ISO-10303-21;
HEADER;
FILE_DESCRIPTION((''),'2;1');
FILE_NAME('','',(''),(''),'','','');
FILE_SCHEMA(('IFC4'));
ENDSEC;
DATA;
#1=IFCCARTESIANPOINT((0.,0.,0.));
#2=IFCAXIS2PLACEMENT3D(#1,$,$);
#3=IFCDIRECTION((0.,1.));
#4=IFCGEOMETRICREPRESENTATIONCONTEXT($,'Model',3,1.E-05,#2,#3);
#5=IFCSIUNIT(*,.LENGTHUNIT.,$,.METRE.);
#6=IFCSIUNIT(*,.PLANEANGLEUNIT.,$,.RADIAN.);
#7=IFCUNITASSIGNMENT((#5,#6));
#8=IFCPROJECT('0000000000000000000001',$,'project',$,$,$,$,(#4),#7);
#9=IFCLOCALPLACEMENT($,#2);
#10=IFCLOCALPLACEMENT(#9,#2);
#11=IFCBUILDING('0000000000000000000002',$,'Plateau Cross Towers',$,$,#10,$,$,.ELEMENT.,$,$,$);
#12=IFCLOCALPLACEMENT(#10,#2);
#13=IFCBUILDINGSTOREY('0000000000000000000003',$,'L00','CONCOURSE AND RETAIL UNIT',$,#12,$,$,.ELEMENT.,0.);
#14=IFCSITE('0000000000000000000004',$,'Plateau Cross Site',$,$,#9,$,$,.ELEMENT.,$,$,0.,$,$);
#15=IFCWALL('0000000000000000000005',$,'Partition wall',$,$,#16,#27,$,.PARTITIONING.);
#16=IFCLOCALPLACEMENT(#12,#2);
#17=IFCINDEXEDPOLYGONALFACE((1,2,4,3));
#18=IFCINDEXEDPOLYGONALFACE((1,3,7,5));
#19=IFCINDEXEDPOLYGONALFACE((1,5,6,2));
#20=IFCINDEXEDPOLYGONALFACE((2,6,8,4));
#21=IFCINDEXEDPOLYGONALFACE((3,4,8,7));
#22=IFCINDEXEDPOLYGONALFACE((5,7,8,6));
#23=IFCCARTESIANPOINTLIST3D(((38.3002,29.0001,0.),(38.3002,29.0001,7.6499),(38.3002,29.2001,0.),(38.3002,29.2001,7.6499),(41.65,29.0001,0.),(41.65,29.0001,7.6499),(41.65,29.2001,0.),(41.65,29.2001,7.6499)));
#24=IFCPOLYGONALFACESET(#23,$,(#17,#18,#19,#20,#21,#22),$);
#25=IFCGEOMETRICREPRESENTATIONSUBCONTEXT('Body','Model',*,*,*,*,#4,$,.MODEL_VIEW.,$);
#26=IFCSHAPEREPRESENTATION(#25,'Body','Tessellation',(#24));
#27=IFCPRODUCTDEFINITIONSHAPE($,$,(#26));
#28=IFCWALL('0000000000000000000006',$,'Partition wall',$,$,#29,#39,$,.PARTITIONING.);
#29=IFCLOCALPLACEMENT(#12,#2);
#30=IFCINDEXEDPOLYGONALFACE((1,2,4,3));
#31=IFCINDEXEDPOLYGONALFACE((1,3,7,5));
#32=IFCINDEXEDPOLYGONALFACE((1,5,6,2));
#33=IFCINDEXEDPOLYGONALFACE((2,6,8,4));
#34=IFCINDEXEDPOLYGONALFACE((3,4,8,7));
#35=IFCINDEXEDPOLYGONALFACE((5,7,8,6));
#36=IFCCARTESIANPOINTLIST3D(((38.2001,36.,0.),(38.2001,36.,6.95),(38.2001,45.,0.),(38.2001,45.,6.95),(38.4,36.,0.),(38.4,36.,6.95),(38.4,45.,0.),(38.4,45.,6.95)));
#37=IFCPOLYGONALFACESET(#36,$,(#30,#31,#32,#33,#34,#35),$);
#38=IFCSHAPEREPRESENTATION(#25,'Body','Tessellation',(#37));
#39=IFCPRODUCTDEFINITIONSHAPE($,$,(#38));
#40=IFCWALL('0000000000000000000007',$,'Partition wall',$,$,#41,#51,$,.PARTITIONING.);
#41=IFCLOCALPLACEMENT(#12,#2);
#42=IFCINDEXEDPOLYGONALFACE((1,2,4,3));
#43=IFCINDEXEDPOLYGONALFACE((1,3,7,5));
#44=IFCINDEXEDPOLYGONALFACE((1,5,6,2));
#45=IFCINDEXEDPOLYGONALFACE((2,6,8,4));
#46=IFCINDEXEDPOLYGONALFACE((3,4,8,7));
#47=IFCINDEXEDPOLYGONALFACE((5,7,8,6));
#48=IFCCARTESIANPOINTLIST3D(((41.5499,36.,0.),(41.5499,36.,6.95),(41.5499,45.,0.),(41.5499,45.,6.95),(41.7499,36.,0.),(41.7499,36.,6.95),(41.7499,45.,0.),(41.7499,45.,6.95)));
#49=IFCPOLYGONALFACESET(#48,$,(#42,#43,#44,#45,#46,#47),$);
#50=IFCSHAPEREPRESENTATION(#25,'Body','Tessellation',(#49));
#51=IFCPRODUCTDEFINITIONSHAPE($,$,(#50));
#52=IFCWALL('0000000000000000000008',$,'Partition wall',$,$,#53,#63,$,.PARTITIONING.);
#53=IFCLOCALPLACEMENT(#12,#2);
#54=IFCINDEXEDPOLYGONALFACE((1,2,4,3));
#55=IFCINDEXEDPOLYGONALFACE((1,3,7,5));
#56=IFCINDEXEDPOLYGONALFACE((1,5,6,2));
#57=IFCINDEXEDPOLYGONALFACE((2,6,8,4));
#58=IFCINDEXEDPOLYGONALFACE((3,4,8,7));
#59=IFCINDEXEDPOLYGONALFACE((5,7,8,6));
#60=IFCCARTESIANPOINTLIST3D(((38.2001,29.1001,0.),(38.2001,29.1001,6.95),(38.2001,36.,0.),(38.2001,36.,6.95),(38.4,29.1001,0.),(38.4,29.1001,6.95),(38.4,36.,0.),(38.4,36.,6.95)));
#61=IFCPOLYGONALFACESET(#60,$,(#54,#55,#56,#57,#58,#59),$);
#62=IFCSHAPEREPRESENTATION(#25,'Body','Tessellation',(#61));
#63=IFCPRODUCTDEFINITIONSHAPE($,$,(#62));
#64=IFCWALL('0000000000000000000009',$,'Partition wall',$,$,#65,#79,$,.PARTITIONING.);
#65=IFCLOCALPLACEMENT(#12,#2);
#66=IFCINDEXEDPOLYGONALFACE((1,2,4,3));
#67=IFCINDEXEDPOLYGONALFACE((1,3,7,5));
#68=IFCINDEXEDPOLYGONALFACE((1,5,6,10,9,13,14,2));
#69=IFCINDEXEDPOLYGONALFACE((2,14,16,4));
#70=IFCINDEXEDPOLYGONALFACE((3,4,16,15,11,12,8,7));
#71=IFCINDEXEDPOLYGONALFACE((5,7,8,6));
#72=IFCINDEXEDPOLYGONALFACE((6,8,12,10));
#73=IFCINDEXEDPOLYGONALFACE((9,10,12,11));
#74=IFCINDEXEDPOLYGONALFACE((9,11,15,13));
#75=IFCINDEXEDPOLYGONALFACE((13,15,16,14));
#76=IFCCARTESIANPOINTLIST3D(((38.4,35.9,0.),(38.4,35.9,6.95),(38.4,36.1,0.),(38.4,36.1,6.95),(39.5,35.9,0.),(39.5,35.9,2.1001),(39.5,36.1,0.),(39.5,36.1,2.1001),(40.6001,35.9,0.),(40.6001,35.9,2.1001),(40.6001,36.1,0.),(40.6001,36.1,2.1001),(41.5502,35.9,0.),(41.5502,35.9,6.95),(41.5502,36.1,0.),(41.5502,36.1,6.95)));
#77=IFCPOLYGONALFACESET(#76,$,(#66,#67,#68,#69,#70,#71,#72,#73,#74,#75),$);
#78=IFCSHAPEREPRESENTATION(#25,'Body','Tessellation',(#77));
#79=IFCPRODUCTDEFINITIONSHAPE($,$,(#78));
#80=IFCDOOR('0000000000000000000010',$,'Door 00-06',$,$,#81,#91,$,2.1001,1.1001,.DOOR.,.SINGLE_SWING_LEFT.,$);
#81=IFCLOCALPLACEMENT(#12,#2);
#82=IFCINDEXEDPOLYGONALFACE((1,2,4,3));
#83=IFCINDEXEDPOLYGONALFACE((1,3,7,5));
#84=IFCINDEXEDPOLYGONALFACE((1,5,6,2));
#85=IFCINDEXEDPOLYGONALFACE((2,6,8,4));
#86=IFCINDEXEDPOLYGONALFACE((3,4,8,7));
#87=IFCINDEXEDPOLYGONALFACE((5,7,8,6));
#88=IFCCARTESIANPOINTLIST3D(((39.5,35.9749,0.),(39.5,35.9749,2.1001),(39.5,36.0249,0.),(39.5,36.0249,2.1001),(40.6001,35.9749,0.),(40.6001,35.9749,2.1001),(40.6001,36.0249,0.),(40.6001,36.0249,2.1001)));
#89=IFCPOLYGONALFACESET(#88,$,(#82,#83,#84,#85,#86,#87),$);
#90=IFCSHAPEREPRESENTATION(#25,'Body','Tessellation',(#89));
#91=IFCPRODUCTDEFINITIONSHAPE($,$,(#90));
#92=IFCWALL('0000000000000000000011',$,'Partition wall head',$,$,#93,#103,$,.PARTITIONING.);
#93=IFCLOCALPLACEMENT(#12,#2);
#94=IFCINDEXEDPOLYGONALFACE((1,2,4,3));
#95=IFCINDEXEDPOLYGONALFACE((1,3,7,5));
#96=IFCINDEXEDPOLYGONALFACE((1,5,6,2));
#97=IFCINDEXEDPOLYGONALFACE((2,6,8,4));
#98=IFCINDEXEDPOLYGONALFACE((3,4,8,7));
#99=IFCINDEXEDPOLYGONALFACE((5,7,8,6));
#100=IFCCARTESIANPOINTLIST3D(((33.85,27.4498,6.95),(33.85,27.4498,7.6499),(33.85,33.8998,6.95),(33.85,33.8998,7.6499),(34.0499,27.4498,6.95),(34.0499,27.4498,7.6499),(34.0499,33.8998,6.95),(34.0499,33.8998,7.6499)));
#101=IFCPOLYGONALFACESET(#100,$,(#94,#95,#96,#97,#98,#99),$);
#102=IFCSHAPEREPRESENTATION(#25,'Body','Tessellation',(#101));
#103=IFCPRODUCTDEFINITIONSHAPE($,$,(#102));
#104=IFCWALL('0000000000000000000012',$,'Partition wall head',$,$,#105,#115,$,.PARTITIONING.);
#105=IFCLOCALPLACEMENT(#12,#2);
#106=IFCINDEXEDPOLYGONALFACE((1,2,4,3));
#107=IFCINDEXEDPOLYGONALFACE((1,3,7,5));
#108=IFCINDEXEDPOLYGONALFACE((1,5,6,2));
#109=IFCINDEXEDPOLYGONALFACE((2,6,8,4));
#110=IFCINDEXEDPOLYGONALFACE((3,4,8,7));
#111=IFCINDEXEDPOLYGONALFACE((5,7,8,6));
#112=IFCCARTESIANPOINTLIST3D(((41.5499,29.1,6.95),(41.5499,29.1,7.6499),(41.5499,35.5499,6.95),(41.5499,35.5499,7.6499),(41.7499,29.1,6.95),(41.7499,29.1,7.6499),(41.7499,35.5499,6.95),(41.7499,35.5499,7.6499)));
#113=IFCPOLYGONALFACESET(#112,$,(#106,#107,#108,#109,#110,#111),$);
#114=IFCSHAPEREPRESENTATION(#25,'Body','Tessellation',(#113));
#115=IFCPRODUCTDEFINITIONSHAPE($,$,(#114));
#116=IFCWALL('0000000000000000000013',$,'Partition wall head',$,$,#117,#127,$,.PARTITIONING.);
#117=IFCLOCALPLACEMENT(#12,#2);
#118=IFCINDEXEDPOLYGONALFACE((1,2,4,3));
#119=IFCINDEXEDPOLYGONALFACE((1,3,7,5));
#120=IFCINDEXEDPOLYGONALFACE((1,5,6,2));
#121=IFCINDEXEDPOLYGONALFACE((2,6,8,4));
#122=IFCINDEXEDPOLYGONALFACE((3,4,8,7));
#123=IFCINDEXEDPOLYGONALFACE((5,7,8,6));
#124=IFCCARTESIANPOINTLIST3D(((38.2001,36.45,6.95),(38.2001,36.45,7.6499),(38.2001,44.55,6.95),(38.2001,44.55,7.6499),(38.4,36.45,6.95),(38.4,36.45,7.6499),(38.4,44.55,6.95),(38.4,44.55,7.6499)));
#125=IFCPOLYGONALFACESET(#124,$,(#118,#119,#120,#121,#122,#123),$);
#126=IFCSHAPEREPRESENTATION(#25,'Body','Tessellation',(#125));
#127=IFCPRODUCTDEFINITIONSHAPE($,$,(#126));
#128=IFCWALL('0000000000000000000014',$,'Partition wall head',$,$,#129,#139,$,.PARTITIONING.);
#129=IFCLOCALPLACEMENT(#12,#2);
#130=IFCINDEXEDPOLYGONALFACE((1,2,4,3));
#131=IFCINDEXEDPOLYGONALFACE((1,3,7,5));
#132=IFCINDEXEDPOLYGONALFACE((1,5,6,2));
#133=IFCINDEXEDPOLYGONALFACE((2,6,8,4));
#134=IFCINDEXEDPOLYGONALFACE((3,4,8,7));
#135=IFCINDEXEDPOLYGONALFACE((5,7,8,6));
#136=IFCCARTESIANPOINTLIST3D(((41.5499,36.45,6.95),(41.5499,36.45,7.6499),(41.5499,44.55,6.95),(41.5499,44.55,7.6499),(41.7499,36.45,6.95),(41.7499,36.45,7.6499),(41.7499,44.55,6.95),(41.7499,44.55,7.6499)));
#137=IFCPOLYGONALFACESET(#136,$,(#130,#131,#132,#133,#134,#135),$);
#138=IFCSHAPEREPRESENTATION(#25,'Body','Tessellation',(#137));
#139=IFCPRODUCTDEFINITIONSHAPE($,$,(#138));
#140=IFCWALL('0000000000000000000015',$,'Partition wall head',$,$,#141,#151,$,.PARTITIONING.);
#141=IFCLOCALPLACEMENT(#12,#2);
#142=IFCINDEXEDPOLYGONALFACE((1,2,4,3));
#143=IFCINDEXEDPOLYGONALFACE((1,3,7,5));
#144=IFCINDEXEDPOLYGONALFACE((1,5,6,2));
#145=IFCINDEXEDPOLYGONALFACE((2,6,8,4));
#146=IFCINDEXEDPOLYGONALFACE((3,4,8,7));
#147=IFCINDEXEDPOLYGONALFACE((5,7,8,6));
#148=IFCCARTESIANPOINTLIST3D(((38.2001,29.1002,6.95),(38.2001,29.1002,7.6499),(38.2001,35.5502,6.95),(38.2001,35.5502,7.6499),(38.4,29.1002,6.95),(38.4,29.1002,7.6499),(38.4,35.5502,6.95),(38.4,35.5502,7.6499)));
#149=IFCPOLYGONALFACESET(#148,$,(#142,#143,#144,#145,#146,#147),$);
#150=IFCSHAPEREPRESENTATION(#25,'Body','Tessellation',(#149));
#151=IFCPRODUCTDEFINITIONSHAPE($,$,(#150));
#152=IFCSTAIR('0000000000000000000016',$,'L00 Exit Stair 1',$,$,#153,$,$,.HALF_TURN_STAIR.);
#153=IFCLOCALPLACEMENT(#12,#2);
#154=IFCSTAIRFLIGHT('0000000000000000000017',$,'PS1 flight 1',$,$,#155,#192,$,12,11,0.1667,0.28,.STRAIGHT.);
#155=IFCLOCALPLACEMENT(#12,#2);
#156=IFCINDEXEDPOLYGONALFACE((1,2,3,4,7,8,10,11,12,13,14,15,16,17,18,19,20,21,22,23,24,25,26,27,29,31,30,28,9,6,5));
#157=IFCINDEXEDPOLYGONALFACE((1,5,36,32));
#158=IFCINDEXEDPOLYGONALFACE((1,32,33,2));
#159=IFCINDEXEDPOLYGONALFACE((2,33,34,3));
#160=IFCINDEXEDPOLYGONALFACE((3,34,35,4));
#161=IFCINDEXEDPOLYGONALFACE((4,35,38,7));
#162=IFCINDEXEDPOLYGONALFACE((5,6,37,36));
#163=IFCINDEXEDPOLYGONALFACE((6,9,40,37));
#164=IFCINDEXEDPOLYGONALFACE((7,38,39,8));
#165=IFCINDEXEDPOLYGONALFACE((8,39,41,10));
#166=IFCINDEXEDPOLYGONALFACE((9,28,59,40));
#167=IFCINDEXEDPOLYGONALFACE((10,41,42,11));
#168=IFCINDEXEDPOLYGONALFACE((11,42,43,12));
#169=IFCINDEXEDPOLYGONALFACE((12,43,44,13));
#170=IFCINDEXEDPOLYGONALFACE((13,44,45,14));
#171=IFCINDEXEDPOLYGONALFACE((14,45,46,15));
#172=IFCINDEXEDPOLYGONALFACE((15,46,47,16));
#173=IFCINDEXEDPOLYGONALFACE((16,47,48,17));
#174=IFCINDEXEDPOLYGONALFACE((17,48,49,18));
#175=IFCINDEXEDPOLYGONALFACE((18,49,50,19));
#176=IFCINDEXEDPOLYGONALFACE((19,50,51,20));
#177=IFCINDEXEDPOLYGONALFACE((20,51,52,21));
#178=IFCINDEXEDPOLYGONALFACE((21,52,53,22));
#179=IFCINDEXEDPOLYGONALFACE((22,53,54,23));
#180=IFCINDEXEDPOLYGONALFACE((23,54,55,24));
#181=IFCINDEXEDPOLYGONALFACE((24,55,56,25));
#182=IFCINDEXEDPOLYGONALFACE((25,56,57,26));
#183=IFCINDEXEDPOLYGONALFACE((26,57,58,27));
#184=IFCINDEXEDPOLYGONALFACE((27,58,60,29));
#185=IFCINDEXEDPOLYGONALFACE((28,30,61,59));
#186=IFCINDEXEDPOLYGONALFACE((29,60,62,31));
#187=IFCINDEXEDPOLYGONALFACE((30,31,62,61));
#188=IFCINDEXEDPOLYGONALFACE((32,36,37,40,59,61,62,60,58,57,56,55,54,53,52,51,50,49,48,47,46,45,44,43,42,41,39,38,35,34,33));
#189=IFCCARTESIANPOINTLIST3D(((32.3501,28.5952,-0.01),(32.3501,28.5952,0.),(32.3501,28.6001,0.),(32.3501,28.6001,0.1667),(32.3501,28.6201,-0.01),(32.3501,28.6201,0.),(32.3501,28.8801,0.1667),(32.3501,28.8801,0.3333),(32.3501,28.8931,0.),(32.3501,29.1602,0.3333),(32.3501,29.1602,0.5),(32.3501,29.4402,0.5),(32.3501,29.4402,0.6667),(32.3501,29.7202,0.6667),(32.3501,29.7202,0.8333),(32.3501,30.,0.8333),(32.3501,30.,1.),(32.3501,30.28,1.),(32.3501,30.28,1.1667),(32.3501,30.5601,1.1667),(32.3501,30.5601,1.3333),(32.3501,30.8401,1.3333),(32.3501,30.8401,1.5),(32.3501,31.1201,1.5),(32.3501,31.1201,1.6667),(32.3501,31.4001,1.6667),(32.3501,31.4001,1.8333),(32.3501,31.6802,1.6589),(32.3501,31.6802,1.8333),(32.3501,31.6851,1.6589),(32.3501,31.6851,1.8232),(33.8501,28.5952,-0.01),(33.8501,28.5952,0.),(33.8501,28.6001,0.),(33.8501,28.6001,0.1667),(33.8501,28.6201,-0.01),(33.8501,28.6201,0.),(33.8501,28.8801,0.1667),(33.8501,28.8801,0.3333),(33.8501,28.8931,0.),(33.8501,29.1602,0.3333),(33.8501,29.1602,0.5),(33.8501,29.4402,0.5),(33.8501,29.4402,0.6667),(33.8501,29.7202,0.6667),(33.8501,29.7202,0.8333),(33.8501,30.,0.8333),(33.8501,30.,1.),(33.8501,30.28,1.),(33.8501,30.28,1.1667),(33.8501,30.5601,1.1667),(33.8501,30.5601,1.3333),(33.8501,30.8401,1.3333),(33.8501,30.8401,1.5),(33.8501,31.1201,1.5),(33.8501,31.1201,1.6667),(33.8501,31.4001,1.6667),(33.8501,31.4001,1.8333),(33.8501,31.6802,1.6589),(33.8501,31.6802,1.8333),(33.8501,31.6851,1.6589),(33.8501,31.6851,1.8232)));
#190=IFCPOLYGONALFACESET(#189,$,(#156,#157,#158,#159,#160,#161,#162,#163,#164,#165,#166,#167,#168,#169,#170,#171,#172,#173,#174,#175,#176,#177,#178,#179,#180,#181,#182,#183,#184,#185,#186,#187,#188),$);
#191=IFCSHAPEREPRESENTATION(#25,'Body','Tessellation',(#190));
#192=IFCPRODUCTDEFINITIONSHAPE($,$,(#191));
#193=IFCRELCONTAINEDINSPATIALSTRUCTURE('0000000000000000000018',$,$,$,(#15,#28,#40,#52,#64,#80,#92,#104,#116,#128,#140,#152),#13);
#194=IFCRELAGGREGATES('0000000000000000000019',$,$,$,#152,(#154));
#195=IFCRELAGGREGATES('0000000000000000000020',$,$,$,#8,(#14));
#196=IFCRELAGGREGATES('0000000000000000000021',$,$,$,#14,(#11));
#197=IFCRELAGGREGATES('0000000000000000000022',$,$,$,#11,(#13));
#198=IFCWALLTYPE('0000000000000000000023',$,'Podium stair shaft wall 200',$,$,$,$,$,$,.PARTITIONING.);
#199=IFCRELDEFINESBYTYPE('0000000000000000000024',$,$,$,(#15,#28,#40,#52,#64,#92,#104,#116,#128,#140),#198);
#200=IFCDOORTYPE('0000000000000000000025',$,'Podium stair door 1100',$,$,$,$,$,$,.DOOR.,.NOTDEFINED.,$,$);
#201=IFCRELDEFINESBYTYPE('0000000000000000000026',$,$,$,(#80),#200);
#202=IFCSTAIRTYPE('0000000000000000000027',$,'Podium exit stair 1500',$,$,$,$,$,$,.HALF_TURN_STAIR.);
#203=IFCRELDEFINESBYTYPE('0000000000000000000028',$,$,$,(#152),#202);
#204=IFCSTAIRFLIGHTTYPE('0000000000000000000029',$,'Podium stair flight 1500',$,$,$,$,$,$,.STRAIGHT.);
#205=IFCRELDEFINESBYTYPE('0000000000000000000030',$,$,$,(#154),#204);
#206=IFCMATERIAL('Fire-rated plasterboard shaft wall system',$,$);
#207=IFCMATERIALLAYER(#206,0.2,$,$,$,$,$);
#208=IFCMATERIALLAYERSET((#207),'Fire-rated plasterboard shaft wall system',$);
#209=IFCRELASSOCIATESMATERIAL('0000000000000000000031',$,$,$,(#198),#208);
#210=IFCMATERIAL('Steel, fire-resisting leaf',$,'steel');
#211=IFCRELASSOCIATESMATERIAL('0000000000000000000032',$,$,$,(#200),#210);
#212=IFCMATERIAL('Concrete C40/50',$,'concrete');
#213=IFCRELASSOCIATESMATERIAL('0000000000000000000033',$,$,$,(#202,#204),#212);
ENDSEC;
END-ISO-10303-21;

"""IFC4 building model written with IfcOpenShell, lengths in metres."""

from ifc_helpers import new_model, si_unit, direction, frame, frame_2d, origin, place, context, subcontext, project, spatial, polyline, rectangle, outline, extrude, material, layer, layer_set, type_object, element, fill, aggregate, save


model = new_model("IFC4")

# Units and contexts
model_context = context("Model", 3, precision=1e-05, world=origin(), true_north=direction((0.0, 1.0)))
body_context = subcontext(model_context, "Body", "Model", "MODEL_VIEW")
ifc_project = project(units=[si_unit("LENGTHUNIT", "METRE"), si_unit("PLANEANGLEUNIT", "RADIAN")], contexts=[model_context])

# Site, building, storey
site_placement = place(None, origin())
site = spatial("IfcSite", under=ifc_project, at=site_placement, Name="Plateau Cross Site", CompositionType="ELEMENT", RefElevation=0.0)
building_placement = place(site_placement, origin())
building = spatial("IfcBuilding", under=site, at=building_placement, Name="Plateau Cross Towers", CompositionType="ELEMENT")
storey_placement = place(building_placement, origin())
storey = spatial("IfcBuildingStorey", under=building, at=storey_placement, Name="L00", Description="CONCOURSE AND RETAIL UNIT", CompositionType="ELEMENT", Elevation=0.0)

# Shared definitions
ifc_material_1 = material(Name="Fire-rated plasterboard shaft wall system")
ifc_layer_1 = layer(ifc_material_1, 0.2)
ifc_layer_set_1 = layer_set([ifc_layer_1], Name="Fire-rated plasterboard shaft wall system")
wall_type_1 = type_object("IfcWallType", Name="Podium stair shaft wall 200", PredefinedType="PARTITIONING", material=ifc_layer_set_1)

# Shared definitions
ifc_material_2 = material(Name="Steel, fire-resisting leaf", Category="steel")
door_type = type_object("IfcDoorType", Name="Podium stair door 1100", OperationType="NOTDEFINED", PredefinedType="DOOR", material=ifc_material_2)

# Walls
wall_1_placement = place(storey_placement, frame((41.6499, 29.1001, 0.0), z_axis=(0.0, 0.0, 1.0), x_axis=(-1.0, 0.0, 0.0)))
element("IfcWall", 1, at=wall_1_placement, inside=storey, type_object=wall_type_1, Name="Partition wall", PredefinedType="PARTITIONING", context=body_context, shape_type="SweptSolid", body=[
    extrude(rectangle(XDim=3.3499, YDim=0.2, at=frame_2d((1.6748, 0.0))), origin(), (0.0, 0.0, 1.0), 7.6499),
])
for number, where, z_axis, x_axis, name in (
    (2, (38.3, 36.0, 0.0), (0.0, 0.0, 1.0), (0.0, 1.0, 0.0), "Partition wall"),
    (3, (41.6499, 45.0, 0.0), (0.0, 0.0, 1.0), (0.0, -1.0, 0.0), "Partition wall"),
):
    element("IfcWall", number, at=place(storey_placement, frame(where, z_axis=z_axis, x_axis=x_axis)), inside=storey, type_object=wall_type_1, Name=name, PredefinedType="PARTITIONING", context=body_context, shape_type="SweptSolid", body=[
        extrude(rectangle(XDim=9.0, YDim=0.2, at=frame_2d((4.5, 0.0))), origin(), (0.0, 0.0, 1.0), 6.95),
    ])
wall_2_placement = place(storey_placement, frame((38.3, 29.1001, 0.0), z_axis=(0.0, 0.0, 1.0), x_axis=(0.0, 1.0, 0.0)))
element("IfcWall", 4, at=wall_2_placement, inside=storey, type_object=wall_type_1, Name="Partition wall", PredefinedType="PARTITIONING", context=body_context, shape_type="SweptSolid", body=[
    extrude(rectangle(XDim=6.8999, YDim=0.2, at=frame_2d((3.45, 0.0))), origin(), (0.0, 0.0, 1.0), 6.95),
])

# Wall, opening, door
wall_3_placement = place(storey_placement, frame((38.3999, 36.0, 0.0), z_axis=(0.0, 0.0, 1.0), x_axis=(1.0, 0.0, 0.0)))
wall_3 = element("IfcWall", 5, at=wall_3_placement, inside=storey, type_object=wall_type_1, Name="Partition wall", PredefinedType="PARTITIONING", context=body_context, shape_type="SweptSolid", body=[
    extrude(rectangle(XDim=3.1501, YDim=0.2, at=frame_2d((1.5752, 0.0))), origin(), (0.0, 0.0, 1.0), 6.95),
])
opening_1_placement = place(wall_3_placement, frame((1.1001, 0.0, 0.0)))
opening_1 = element("IfcOpeningElement", 6, at=opening_1_placement, cuts=wall_3, PredefinedType="OPENING", context=body_context, shape_type="SweptSolid", body=[
    extrude(rectangle(XDim=1.1001, YDim=2.1001, at=frame_2d((0.55, 1.05))), frame((0.0, 0.1099, 0.0), z_axis=(0.0, -1.0, 0.0), x_axis=(1.0, 0.0, 0.0)), (0.0, 0.0, 1.0), 0.22),
])
door_1_placement = place(opening_1_placement, origin())
door_1 = element("IfcDoor", 7, at=door_1_placement, inside=storey, type_object=door_type, Name="Door 00-06", OperationType="SINGLE_SWING_LEFT", OverallHeight=2.1001, OverallWidth=1.1001, PredefinedType="DOOR", context=body_context, shape_type="SweptSolid", body=[
    extrude(rectangle(XDim=1.1001, YDim=2.1001, at=frame_2d((0.55, 1.05))), frame((0.0, 0.0249, 0.0), z_axis=(0.0, -1.0, 0.0), x_axis=(1.0, 0.0, 0.0)), (0.0, 0.0, 1.0), 0.05),
])
fill(opening_1, door_1)

# Walls
for number, where, z_axis, x_axis, name in (
    (8, (33.95, 33.8999, 6.95), (0.0, 0.0, 1.0), (0.0, -1.0, 0.0), "Partition wall head"),
    (9, (41.6499, 35.55, 6.95), (0.0, 0.0, 1.0), (0.0, -1.0, 0.0), "Partition wall head"),
):
    element("IfcWall", number, at=place(storey_placement, frame(where, z_axis=z_axis, x_axis=x_axis)), inside=storey, type_object=wall_type_1, Name=name, PredefinedType="PARTITIONING", context=body_context, shape_type="SweptSolid", body=[
        extrude(rectangle(XDim=6.45, YDim=0.2, at=frame_2d((3.2251, 0.0))), origin(), (0.0, 0.0, 1.0), 0.7),
    ])
for number, where, z_axis, x_axis, name in (
    (10, (38.3, 36.45, 6.95), (0.0, 0.0, 1.0), (0.0, 1.0, 0.0), "Partition wall head"),
    (11, (41.6499, 44.55, 6.95), (0.0, 0.0, 1.0), (0.0, -1.0, 0.0), "Partition wall head"),
):
    element("IfcWall", number, at=place(storey_placement, frame(where, z_axis=z_axis, x_axis=x_axis)), inside=storey, type_object=wall_type_1, Name=name, PredefinedType="PARTITIONING", context=body_context, shape_type="SweptSolid", body=[
        extrude(rectangle(XDim=8.1001, YDim=0.2, at=frame_2d((4.05, 0.0))), origin(), (0.0, 0.0, 1.0), 0.7),
    ])
wall_4_placement = place(storey_placement, frame((38.3, 29.1001, 6.95), z_axis=(0.0, 0.0, 1.0), x_axis=(0.0, 1.0, 0.0)))
element("IfcWall", 12, at=wall_4_placement, inside=storey, type_object=wall_type_1, Name="Partition wall head", PredefinedType="PARTITIONING", context=body_context, shape_type="SweptSolid", body=[
    extrude(rectangle(XDim=6.45, YDim=0.2, at=frame_2d((3.2251, 0.0))), origin(), (0.0, 0.0, 1.0), 0.7),
])

# Stair, stair flight
ifc_material_3 = material(Name="Concrete C40/50", Category="concrete")
stair_type = type_object("IfcStairType", Name="Podium exit stair 1500", PredefinedType="HALF_TURN_STAIR", material=ifc_material_3)
stair_1_placement = place(storey_placement, origin())
stair_1 = element("IfcStair", 13, at=stair_1_placement, inside=storey, type_object=stair_type, Name="L00 Exit Stair 1", PredefinedType="HALF_TURN_STAIR")
stair_flight_type = type_object("IfcStairFlightType", Name="Podium stair flight 1500", PredefinedType="STRAIGHT", material=ifc_material_3)
stair_flight_1_placement = place(storey_placement, frame((33.1001, 28.6001, 0.0), z_axis=(0.0, 0.0, 1.0), x_axis=(0.0, 1.0, 0.0)))
stair_flight_1 = element("IfcStairFlight", 14, at=stair_flight_1_placement, type_object=stair_flight_type, Name="PS1 flight 1", NumberOfRisers=12, NumberOfTreads=11, PredefinedType="STRAIGHT", RiserHeight=0.1667, TreadLength=0.28, context=body_context, shape_type="SweptSolid", body=[
    extrude(outline(polyline([(-0.0049, -0.01), (-0.0049, 0.0), (0.0, 0.0), (0.0, 0.1667), (0.28, 0.1667), (0.28, 0.3333), (0.5601, 0.3333), (0.5601, 0.5), (0.8401, 0.5), (0.8401, 0.6667), (1.1201, 0.6667), (1.1201, 0.8333), (1.3999, 0.8333), (1.3999, 1.0), (1.6799, 1.0), (1.6799, 1.1667), (1.96, 1.1667), (1.96, 1.3333), (2.24, 1.3333), (2.24, 1.5), (2.52, 1.5), (2.52, 1.6667), (2.8, 1.6667), (2.8, 1.8333), (3.0801, 1.8333), (3.085, 1.8232), (3.085, 1.6589), (3.0801, 1.6589), (0.293, 0.0), (0.02, 0.0), (0.02, -0.01), (-0.0049, -0.01)])), frame((0.0, 0.75, 0.0), z_axis=(0.0, -1.0, 0.0), x_axis=(1.0, 0.0, 0.0)), (0.0, 0.0, 1.0), 1.5),
])
aggregate(stair_1, [stair_flight_1])

save(model, "model.ifc")
